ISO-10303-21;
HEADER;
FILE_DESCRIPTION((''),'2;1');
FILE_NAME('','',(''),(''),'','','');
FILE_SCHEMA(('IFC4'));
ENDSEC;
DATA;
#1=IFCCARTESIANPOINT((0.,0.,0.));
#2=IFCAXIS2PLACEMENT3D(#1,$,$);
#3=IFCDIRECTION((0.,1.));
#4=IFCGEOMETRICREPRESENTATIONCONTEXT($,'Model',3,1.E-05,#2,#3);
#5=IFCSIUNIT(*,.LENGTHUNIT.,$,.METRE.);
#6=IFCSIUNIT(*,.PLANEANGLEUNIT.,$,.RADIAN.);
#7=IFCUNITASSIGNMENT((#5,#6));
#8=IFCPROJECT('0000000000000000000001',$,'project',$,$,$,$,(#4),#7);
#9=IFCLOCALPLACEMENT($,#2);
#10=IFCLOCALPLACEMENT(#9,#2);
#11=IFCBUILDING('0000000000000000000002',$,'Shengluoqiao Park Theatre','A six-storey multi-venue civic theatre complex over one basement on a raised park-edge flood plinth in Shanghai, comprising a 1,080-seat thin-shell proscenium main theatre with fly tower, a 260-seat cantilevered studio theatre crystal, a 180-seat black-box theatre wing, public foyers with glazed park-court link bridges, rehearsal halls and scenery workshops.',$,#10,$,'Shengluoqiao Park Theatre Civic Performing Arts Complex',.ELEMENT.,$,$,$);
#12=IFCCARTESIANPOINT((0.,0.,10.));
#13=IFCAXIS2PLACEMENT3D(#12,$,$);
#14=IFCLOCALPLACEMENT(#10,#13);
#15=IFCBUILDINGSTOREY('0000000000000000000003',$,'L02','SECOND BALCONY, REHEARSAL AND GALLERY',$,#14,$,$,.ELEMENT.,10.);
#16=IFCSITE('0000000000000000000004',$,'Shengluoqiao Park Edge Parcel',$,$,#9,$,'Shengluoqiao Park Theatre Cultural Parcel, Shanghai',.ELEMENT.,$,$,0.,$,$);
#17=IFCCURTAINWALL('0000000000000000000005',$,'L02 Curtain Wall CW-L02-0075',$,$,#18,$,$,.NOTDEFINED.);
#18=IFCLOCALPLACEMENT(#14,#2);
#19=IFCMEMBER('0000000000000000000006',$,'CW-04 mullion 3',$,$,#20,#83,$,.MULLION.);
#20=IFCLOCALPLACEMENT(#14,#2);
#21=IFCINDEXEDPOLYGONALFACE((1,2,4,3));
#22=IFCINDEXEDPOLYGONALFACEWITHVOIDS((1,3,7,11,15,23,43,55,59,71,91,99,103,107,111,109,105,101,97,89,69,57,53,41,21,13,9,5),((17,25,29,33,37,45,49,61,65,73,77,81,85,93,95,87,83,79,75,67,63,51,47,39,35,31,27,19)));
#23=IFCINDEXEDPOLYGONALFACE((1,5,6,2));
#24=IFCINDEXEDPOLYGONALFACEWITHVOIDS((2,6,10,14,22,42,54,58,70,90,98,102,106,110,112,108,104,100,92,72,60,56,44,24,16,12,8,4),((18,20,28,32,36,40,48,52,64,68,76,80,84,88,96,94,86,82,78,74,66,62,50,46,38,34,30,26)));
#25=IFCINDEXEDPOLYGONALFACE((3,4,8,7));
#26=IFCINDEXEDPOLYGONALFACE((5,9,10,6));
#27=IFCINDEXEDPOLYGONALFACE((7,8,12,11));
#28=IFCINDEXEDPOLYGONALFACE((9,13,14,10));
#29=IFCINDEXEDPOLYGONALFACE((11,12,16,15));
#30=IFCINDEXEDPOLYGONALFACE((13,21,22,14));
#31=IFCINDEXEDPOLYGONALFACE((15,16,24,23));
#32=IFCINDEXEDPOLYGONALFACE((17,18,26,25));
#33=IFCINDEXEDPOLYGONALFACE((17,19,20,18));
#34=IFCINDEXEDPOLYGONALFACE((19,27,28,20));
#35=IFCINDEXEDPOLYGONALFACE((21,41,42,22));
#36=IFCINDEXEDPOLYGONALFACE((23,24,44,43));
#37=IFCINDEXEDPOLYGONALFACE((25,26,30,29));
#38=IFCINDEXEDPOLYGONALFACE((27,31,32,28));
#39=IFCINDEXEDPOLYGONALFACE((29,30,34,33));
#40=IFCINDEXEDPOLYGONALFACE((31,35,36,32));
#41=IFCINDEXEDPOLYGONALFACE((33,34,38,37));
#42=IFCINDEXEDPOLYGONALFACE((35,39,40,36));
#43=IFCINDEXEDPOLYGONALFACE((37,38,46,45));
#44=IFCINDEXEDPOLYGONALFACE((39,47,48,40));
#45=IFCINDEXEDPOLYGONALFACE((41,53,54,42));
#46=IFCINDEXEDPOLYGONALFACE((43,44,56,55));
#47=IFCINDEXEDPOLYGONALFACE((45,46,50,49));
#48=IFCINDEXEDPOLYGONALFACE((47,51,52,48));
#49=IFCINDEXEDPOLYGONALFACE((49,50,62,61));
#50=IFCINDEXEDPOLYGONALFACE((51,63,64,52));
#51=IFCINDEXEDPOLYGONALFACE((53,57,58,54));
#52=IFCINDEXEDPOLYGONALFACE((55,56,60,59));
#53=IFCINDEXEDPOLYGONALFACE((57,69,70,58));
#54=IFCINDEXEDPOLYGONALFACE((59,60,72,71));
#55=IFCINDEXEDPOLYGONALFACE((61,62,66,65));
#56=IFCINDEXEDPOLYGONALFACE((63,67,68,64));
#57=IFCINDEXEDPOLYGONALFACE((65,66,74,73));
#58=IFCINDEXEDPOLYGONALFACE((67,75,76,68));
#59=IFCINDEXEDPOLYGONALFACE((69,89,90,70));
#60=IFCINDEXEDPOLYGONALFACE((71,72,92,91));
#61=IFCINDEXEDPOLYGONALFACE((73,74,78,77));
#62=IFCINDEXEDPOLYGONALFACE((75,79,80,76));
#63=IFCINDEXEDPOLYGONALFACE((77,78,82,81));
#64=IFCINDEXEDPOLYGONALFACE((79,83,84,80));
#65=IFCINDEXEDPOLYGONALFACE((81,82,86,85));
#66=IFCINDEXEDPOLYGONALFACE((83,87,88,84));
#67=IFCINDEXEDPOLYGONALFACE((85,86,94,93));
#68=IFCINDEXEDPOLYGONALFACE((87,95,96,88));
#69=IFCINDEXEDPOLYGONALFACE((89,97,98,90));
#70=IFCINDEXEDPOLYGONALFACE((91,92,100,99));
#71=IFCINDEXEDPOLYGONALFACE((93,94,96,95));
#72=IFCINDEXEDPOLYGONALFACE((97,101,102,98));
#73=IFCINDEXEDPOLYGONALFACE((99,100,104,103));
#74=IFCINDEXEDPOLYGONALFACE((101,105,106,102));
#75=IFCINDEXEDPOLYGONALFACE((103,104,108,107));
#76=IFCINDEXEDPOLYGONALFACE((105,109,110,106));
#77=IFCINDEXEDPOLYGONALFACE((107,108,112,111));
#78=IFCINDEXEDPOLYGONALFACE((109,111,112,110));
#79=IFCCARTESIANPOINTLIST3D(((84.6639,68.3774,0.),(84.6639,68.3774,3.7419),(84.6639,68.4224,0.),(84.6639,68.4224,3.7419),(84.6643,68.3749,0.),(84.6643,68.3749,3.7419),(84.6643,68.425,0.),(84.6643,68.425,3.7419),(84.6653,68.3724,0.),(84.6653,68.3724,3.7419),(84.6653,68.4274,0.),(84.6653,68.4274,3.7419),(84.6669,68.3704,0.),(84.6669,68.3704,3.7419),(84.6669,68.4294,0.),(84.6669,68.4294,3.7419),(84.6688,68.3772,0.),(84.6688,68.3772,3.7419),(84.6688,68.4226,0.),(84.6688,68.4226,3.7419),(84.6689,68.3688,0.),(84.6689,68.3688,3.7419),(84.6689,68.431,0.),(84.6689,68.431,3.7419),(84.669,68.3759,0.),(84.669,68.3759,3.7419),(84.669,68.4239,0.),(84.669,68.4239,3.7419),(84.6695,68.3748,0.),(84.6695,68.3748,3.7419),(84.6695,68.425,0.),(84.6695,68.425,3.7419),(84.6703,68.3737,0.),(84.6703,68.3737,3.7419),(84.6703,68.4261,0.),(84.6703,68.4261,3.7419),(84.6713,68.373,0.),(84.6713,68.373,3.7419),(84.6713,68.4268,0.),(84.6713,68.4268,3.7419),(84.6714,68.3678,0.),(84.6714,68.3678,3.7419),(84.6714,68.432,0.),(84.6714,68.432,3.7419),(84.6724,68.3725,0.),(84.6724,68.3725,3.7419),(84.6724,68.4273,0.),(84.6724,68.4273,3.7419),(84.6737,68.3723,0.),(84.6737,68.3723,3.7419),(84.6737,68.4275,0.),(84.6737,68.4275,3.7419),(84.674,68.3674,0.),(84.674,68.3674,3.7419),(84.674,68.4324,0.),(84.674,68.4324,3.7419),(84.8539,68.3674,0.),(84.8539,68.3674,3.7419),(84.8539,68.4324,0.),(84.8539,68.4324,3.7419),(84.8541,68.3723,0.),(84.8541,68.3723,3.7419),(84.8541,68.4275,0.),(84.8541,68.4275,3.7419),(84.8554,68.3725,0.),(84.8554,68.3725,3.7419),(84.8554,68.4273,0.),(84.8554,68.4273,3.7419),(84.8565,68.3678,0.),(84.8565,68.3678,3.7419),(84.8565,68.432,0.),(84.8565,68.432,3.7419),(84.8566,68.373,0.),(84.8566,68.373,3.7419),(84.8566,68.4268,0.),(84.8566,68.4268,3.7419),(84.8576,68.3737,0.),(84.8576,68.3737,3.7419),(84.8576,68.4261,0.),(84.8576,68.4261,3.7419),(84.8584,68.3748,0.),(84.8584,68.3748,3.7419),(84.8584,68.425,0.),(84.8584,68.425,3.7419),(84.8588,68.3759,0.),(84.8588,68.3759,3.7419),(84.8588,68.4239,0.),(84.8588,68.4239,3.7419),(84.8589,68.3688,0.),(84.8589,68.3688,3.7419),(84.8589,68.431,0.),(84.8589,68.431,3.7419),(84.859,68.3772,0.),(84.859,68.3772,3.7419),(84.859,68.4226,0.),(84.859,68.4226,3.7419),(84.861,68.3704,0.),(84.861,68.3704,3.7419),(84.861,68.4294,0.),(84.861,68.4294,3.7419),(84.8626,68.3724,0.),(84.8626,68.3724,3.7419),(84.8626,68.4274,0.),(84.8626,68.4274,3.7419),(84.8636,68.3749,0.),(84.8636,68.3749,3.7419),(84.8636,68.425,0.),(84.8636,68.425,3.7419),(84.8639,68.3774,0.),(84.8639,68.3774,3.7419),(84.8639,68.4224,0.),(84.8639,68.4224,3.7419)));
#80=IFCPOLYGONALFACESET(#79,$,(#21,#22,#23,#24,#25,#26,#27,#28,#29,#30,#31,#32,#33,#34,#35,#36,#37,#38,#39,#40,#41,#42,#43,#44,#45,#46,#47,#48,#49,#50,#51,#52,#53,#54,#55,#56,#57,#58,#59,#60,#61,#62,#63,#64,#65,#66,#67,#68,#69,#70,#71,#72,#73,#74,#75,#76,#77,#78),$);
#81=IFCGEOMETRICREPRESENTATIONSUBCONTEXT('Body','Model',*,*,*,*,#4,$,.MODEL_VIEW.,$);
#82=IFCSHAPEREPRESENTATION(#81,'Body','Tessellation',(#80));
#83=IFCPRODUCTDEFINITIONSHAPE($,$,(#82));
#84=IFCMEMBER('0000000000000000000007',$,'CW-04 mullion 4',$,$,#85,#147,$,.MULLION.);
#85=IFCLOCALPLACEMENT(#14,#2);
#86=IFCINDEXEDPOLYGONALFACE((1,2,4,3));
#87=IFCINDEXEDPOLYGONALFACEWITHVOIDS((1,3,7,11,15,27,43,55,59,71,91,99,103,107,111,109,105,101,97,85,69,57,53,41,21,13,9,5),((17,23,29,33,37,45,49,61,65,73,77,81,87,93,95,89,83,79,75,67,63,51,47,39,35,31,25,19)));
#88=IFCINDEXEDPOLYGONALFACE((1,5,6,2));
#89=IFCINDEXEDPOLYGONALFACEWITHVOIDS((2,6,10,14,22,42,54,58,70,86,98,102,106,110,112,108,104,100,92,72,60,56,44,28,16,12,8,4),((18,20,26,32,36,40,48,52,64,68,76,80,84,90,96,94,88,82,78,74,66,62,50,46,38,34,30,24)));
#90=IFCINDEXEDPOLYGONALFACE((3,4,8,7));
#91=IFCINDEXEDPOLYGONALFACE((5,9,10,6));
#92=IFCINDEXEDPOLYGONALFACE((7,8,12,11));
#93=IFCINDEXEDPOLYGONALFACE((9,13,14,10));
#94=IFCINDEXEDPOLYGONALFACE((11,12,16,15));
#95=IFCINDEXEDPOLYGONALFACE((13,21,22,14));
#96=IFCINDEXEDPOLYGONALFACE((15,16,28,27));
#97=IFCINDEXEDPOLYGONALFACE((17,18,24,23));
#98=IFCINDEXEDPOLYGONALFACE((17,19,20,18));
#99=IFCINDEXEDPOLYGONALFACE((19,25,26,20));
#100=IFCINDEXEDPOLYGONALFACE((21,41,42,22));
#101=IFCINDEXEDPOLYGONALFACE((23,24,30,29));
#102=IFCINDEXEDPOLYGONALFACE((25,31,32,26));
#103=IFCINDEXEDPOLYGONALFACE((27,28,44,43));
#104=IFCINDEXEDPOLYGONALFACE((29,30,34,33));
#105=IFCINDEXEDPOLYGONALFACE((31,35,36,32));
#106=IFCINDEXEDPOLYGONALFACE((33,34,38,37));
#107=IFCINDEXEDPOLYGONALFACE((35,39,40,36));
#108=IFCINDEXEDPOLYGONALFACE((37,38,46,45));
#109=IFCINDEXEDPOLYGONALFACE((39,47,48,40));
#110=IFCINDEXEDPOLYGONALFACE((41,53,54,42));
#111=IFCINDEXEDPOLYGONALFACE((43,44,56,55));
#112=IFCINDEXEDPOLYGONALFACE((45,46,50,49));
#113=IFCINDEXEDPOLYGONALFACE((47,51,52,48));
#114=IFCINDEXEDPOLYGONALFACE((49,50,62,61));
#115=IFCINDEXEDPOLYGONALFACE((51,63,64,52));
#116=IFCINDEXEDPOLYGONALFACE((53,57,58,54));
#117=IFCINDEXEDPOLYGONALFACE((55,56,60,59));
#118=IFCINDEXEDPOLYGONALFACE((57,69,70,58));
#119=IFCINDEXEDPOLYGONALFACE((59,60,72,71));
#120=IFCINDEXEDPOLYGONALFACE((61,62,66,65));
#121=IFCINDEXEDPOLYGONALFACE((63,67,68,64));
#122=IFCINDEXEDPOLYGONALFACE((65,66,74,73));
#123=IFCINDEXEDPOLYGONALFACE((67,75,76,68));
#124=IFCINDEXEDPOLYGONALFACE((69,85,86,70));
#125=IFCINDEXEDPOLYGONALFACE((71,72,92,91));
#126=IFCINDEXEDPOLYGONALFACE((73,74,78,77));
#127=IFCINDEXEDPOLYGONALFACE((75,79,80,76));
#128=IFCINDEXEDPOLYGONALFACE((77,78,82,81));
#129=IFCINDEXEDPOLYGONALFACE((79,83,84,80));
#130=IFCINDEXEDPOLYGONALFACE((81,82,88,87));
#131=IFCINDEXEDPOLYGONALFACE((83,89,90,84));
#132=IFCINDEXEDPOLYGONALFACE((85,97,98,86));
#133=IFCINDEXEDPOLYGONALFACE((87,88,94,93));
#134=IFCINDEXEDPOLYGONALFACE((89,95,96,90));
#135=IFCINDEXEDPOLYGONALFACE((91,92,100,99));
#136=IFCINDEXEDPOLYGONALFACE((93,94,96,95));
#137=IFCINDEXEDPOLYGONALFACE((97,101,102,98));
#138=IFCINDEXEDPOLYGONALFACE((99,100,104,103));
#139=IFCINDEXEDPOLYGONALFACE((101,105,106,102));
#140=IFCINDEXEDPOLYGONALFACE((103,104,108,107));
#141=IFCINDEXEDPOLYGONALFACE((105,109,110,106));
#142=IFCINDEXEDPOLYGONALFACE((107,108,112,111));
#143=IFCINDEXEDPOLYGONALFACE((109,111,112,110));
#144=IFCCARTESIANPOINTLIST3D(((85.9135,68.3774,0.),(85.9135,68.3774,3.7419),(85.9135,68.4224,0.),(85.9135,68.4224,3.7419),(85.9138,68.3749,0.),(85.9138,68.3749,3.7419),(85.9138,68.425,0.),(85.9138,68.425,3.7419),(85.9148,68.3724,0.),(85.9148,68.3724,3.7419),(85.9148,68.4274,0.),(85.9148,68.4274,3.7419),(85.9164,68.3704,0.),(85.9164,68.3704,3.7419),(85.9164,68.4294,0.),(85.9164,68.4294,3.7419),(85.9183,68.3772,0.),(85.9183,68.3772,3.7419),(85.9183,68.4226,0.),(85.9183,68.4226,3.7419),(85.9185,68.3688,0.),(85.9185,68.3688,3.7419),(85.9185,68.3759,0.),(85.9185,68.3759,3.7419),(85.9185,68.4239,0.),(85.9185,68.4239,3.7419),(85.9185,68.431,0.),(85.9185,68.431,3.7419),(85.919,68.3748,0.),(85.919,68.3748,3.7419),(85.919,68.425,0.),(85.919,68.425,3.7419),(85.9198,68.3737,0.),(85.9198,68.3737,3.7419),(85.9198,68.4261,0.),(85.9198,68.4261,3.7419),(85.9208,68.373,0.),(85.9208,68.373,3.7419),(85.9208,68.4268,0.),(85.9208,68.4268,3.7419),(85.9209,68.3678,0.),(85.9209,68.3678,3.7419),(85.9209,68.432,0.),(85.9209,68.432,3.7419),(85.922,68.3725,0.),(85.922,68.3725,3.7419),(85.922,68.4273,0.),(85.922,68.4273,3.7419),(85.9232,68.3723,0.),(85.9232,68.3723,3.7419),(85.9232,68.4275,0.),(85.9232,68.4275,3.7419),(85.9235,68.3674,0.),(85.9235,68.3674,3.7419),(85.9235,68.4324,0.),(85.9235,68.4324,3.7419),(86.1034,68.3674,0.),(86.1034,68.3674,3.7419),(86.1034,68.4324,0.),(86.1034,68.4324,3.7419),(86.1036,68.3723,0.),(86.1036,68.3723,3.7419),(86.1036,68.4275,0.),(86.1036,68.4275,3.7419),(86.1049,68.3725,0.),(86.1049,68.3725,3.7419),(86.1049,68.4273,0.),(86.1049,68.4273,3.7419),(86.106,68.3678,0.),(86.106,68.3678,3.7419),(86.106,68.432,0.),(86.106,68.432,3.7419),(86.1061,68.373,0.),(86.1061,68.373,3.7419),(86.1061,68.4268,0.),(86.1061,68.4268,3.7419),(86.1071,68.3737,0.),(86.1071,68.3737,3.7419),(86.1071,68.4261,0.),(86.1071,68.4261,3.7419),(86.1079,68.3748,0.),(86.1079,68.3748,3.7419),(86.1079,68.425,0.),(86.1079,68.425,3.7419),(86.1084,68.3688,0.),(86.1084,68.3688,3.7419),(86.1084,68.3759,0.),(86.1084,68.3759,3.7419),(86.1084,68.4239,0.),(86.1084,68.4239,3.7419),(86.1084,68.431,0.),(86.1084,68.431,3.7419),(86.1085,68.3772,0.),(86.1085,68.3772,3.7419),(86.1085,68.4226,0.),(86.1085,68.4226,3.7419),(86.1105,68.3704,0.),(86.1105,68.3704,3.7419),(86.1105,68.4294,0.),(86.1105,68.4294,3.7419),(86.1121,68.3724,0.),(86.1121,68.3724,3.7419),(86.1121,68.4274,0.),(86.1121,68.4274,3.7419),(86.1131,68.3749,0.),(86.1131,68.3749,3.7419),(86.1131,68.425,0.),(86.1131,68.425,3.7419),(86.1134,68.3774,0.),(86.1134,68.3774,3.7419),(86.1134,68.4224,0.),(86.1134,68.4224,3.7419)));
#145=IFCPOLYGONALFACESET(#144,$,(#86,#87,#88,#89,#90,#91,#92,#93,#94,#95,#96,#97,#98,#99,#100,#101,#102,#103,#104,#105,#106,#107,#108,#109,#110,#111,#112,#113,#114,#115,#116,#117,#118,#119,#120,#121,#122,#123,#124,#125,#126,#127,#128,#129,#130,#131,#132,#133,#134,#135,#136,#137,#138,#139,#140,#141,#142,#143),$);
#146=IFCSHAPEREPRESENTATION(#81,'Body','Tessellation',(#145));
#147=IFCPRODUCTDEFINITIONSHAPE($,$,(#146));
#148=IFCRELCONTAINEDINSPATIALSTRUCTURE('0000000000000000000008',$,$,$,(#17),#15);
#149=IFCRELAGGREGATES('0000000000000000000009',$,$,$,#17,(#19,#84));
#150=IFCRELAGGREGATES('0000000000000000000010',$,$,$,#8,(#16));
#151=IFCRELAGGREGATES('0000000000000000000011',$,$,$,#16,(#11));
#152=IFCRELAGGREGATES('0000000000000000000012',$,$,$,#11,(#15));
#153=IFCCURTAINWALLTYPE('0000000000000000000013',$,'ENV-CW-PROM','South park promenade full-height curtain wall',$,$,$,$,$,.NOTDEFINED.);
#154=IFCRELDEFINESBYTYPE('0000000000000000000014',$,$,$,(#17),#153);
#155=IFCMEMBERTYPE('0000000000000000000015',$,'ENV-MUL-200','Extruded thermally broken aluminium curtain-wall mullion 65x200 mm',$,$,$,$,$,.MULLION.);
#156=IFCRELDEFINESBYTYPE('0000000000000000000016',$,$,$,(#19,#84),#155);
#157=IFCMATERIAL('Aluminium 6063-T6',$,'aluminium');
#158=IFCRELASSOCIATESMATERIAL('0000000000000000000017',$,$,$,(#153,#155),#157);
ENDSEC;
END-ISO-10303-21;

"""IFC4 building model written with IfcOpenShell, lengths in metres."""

from ifc_helpers import new_model, si_unit, direction, frame, origin, origin_2d, place, context, subcontext, project, spatial, hollow_rectangle, extrude, material, material_profile, profile_set, type_object, element, aggregate, save


model = new_model("IFC4")

# Units and contexts
model_context = context("Model", 3, precision=1e-05, world=origin(), true_north=direction((0.0, 1.0)))
body_context = subcontext(model_context, "Body", "Model", "MODEL_VIEW")
ifc_project = project(units=[si_unit("LENGTHUNIT", "METRE"), si_unit("PLANEANGLEUNIT", "RADIAN")], contexts=[model_context])

# Site, building, storey
site_placement = place(None, origin())
site = spatial("IfcSite", under=ifc_project, at=site_placement, Name="Shengluoqiao Park Edge Parcel", LongName="Shengluoqiao Park Theatre Cultural Parcel, Shanghai", CompositionType="ELEMENT", RefElevation=0.0)
building_placement = place(site_placement, origin())
building = spatial("IfcBuilding", under=site, at=building_placement, Name="Shengluoqiao Park Theatre", Description="A six-storey multi-venue civic theatre complex over one basement on a raised park-edge flood plinth in Shanghai, comprising a 1,080-seat thin-shell proscenium main theatre with fly tower, a 260-seat cantilevered studio theatre crystal, a 180-seat black-box theatre wing, public foyers with glazed park-court link bridges, rehearsal halls and scenery workshops.", LongName="Shengluoqiao Park Theatre Civic Performing Arts Complex", CompositionType="ELEMENT")
storey_placement = place(building_placement, frame((0.0, 0.0, 10.0)))
storey = spatial("IfcBuildingStorey", under=building, at=storey_placement, Name="L02", Description="SECOND BALCONY, REHEARSAL AND GALLERY", CompositionType="ELEMENT", Elevation=10.0)

# Curtain wall, members
ifc_material_1 = material(Name="Aluminium 6063-T6", Category="aluminium")
curtain_wall_type_1 = type_object("IfcCurtainWallType", Name="ENV-CW-PROM", Description="South park promenade full-height curtain wall", PredefinedType="NOTDEFINED", material=ifc_material_1)
curtain_wall_1_placement = place(storey_placement, origin())
curtain_wall_1 = element("IfcCurtainWall", 1, at=curtain_wall_1_placement, inside=storey, type_object=curtain_wall_type_1, Name="L02 Curtain Wall CW-L02-0075", PredefinedType="NOTDEFINED")
ifc_material_profile_1 = material_profile(ifc_material_1, hollow_rectangle(XDim=0.0649, YDim=0.2, WallThickness=0.0049, InnerFilletRadius=0.0049, OuterFilletRadius=0.01, at=origin_2d()), Name="ALU MULLION 200x65x5")
ifc_profile_set_1 = profile_set([ifc_material_profile_1], Name="Aluminium 6063-T6")
member_type_1 = type_object("IfcMemberType", Name="ENV-MUL-200", Description="Extruded thermally broken aluminium curtain-wall mullion 65x200 mm", PredefinedType="MULLION", material=ifc_profile_set_1)
member_1_placement = place(storey_placement, frame((84.7639, 68.3999, 0.0), z_axis=(0.0, 0.0, 1.0), x_axis=(0.0, 1.0, 0.0)))
member_1 = element("IfcMember", 2, at=member_1_placement, type_object=member_type_1, Name="CW-04 mullion 3", PredefinedType="MULLION", context=body_context, shape_type="SweptSolid", body=[
    extrude(hollow_rectangle(XDim=0.0649, YDim=0.2, WallThickness=0.0049, InnerFilletRadius=0.0049, OuterFilletRadius=0.01, at=origin_2d()), origin(), (0.0, 0.0, 1.0), 3.7419),
])
member_2_placement = place(storey_placement, frame((86.0134, 68.3999, 0.0), z_axis=(0.0, 0.0, 1.0), x_axis=(0.0, 1.0, 0.0)))
member_2 = element("IfcMember", 3, at=member_2_placement, type_object=member_type_1, Name="CW-04 mullion 4", PredefinedType="MULLION", context=body_context, shape_type="SweptSolid", body=[
    extrude(hollow_rectangle(XDim=0.0649, YDim=0.2, WallThickness=0.0049, InnerFilletRadius=0.0049, OuterFilletRadius=0.01, at=origin_2d()), origin(), (0.0, 0.0, 1.0), 3.7419),
])

aggregate(curtain_wall_1, [member_1, member_2])

save(model, "model.ifc")
